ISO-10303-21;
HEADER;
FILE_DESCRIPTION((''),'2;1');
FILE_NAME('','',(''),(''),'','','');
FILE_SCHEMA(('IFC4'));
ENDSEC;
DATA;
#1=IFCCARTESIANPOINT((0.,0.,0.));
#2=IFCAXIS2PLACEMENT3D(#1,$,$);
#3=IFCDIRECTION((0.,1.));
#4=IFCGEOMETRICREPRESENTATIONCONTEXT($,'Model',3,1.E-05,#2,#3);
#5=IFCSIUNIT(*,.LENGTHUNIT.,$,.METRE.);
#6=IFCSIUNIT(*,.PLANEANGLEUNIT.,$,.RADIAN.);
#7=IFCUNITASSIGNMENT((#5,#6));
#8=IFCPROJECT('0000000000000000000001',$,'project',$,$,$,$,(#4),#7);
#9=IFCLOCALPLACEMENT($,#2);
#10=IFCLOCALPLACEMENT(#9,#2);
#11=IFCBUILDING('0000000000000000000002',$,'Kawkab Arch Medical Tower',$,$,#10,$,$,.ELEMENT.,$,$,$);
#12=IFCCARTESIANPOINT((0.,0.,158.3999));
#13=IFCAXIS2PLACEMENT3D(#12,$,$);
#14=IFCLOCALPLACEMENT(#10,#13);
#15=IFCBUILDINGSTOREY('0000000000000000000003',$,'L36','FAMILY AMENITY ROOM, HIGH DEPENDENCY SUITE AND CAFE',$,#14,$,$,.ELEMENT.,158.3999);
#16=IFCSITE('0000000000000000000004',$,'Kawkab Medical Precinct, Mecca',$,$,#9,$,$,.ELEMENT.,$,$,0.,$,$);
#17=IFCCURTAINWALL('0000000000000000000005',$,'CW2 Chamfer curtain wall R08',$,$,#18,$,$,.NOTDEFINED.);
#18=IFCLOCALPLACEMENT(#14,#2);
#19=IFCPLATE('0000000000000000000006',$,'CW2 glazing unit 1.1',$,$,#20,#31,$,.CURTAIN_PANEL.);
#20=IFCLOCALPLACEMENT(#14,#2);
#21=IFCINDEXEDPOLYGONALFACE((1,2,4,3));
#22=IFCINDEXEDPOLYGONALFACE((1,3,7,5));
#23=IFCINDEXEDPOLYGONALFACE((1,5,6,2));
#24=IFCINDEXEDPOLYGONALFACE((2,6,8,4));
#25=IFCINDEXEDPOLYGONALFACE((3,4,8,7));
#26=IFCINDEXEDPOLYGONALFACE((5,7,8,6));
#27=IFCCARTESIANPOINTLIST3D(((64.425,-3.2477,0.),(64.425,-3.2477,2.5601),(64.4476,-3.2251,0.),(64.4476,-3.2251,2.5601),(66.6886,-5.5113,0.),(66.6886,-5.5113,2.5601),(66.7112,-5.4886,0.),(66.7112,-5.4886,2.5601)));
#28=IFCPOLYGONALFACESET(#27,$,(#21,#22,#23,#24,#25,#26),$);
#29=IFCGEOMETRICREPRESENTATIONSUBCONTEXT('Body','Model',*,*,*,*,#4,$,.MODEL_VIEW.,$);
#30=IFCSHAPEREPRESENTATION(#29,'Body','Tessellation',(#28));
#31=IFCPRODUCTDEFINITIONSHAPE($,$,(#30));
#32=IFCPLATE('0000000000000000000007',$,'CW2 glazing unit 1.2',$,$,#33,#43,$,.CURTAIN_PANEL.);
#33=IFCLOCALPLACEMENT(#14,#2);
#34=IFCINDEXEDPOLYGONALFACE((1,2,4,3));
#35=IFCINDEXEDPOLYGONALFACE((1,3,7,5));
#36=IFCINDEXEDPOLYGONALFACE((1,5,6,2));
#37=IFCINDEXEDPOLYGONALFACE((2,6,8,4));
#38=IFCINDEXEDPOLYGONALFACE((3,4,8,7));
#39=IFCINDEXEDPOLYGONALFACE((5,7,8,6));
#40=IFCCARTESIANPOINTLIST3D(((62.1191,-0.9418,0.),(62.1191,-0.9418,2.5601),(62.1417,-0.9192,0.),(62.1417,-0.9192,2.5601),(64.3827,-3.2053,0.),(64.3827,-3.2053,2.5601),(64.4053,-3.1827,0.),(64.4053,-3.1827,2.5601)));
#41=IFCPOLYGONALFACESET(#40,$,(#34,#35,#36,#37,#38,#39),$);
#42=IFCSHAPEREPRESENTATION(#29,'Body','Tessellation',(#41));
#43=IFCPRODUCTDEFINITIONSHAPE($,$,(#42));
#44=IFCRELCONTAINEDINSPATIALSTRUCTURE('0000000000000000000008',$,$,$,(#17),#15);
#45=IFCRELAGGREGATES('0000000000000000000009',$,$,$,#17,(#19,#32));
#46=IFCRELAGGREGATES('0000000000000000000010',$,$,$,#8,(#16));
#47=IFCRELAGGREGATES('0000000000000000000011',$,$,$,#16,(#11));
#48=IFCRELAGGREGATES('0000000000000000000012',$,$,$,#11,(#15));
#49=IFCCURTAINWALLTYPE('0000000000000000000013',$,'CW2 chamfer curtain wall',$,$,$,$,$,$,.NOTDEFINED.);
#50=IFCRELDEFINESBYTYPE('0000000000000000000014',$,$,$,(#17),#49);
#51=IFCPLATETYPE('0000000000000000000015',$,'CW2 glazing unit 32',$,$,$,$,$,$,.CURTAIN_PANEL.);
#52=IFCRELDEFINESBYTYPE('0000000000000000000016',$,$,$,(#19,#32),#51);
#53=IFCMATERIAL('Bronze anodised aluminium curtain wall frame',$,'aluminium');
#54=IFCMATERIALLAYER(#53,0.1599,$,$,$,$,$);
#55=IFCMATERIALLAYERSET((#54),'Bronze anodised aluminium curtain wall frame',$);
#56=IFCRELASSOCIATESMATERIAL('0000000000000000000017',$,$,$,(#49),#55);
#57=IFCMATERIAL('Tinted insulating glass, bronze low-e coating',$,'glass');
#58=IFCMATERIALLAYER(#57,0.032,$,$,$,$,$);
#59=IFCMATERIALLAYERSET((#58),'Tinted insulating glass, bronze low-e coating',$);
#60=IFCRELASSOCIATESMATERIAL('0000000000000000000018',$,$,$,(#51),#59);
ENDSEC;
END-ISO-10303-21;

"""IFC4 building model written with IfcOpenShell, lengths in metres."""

from ifc_helpers import new_model, si_unit, direction, frame, origin, origin_2d, place, context, subcontext, project, spatial, rectangle, extrude, material, layer, layer_set, type_object, element, aggregate, save


model = new_model("IFC4")

# Units and contexts
model_context = context("Model", 3, precision=1e-05, world=origin(), true_north=direction((0.0, 1.0)))
body_context = subcontext(model_context, "Body", "Model", "MODEL_VIEW")
ifc_project = project(units=[si_unit("LENGTHUNIT", "METRE"), si_unit("PLANEANGLEUNIT", "RADIAN")], contexts=[model_context])

# Site, building, storey
site_placement = place(None, origin())
site = spatial("IfcSite", under=ifc_project, at=site_placement, Name="Kawkab Medical Precinct, Mecca", CompositionType="ELEMENT", RefElevation=0.0)
building_placement = place(site_placement, origin())
building = spatial("IfcBuilding", under=site, at=building_placement, Name="Kawkab Arch Medical Tower", CompositionType="ELEMENT")
storey_placement = place(building_placement, frame((0.0, 0.0, 158.3999)))
storey = spatial("IfcBuildingStorey", under=building, at=storey_placement, Name="L36", Description="FAMILY AMENITY ROOM, HIGH DEPENDENCY SUITE AND CAFE", CompositionType="ELEMENT", Elevation=158.3999)

# Curtain wall
placement = place(storey_placement, origin())
ifc_material_1 = material(Name="Bronze anodised aluminium curtain wall frame", Category="aluminium")
ifc_layer_1 = layer(ifc_material_1, 0.1599)
ifc_layer_set_1 = layer_set([ifc_layer_1], Name="Bronze anodised aluminium curtain wall frame")
curtain_wall_type_1 = type_object("IfcCurtainWallType", Name="CW2 chamfer curtain wall", PredefinedType="NOTDEFINED", material=ifc_layer_set_1)
curtain_wall_1 = element("IfcCurtainWall", 1, at=placement, inside=storey, type_object=curtain_wall_type_1, Name="CW2 Chamfer curtain wall R08", PredefinedType="NOTDEFINED")

# Plates
ifc_material_2 = material(Name="Tinted insulating glass, bronze low-e coating", Category="glass")
ifc_layer_2 = layer(ifc_material_2, 0.032)
ifc_layer_set_2 = layer_set([ifc_layer_2], Name="Tinted insulating glass, bronze low-e coating")
plate_type_1 = type_object("IfcPlateType", Name="CW2 glazing unit 32", PredefinedType="CURTAIN_PANEL", material=ifc_layer_set_2)
plate_1_placement = place(storey_placement, frame((65.5681, -4.3682, 0.0), z_axis=(0.0, 0.0, 1.0), x_axis=(-0.707107, 0.707107, 0.0)))
plate_1 = element("IfcPlate", 2, at=plate_1_placement, type_object=plate_type_1, Name="CW2 glazing unit 1.1", PredefinedType="CURTAIN_PANEL", context=body_context, shape_type="SweptSolid", body=[
    extrude(rectangle(XDim=3.2012, YDim=0.032, at=origin_2d()), origin(), (0.0, 0.0, 1.0), 2.5601),
])
plate_2_placement = place(storey_placement, frame((63.2622, -2.0623, 0.0), z_axis=(0.0, 0.0, 1.0), x_axis=(-0.707107, 0.707107, 0.0)))
plate_2 = element("IfcPlate", 3, at=plate_2_placement, type_object=plate_type_1, Name="CW2 glazing unit 1.2", PredefinedType="CURTAIN_PANEL", context=body_context, shape_type="SweptSolid", body=[
    extrude(rectangle(XDim=3.2012, YDim=0.032, at=origin_2d()), origin(), (0.0, 0.0, 1.0), 2.5601),
])
aggregate(curtain_wall_1, [plate_1, plate_2])

save(model, "model.ifc")
